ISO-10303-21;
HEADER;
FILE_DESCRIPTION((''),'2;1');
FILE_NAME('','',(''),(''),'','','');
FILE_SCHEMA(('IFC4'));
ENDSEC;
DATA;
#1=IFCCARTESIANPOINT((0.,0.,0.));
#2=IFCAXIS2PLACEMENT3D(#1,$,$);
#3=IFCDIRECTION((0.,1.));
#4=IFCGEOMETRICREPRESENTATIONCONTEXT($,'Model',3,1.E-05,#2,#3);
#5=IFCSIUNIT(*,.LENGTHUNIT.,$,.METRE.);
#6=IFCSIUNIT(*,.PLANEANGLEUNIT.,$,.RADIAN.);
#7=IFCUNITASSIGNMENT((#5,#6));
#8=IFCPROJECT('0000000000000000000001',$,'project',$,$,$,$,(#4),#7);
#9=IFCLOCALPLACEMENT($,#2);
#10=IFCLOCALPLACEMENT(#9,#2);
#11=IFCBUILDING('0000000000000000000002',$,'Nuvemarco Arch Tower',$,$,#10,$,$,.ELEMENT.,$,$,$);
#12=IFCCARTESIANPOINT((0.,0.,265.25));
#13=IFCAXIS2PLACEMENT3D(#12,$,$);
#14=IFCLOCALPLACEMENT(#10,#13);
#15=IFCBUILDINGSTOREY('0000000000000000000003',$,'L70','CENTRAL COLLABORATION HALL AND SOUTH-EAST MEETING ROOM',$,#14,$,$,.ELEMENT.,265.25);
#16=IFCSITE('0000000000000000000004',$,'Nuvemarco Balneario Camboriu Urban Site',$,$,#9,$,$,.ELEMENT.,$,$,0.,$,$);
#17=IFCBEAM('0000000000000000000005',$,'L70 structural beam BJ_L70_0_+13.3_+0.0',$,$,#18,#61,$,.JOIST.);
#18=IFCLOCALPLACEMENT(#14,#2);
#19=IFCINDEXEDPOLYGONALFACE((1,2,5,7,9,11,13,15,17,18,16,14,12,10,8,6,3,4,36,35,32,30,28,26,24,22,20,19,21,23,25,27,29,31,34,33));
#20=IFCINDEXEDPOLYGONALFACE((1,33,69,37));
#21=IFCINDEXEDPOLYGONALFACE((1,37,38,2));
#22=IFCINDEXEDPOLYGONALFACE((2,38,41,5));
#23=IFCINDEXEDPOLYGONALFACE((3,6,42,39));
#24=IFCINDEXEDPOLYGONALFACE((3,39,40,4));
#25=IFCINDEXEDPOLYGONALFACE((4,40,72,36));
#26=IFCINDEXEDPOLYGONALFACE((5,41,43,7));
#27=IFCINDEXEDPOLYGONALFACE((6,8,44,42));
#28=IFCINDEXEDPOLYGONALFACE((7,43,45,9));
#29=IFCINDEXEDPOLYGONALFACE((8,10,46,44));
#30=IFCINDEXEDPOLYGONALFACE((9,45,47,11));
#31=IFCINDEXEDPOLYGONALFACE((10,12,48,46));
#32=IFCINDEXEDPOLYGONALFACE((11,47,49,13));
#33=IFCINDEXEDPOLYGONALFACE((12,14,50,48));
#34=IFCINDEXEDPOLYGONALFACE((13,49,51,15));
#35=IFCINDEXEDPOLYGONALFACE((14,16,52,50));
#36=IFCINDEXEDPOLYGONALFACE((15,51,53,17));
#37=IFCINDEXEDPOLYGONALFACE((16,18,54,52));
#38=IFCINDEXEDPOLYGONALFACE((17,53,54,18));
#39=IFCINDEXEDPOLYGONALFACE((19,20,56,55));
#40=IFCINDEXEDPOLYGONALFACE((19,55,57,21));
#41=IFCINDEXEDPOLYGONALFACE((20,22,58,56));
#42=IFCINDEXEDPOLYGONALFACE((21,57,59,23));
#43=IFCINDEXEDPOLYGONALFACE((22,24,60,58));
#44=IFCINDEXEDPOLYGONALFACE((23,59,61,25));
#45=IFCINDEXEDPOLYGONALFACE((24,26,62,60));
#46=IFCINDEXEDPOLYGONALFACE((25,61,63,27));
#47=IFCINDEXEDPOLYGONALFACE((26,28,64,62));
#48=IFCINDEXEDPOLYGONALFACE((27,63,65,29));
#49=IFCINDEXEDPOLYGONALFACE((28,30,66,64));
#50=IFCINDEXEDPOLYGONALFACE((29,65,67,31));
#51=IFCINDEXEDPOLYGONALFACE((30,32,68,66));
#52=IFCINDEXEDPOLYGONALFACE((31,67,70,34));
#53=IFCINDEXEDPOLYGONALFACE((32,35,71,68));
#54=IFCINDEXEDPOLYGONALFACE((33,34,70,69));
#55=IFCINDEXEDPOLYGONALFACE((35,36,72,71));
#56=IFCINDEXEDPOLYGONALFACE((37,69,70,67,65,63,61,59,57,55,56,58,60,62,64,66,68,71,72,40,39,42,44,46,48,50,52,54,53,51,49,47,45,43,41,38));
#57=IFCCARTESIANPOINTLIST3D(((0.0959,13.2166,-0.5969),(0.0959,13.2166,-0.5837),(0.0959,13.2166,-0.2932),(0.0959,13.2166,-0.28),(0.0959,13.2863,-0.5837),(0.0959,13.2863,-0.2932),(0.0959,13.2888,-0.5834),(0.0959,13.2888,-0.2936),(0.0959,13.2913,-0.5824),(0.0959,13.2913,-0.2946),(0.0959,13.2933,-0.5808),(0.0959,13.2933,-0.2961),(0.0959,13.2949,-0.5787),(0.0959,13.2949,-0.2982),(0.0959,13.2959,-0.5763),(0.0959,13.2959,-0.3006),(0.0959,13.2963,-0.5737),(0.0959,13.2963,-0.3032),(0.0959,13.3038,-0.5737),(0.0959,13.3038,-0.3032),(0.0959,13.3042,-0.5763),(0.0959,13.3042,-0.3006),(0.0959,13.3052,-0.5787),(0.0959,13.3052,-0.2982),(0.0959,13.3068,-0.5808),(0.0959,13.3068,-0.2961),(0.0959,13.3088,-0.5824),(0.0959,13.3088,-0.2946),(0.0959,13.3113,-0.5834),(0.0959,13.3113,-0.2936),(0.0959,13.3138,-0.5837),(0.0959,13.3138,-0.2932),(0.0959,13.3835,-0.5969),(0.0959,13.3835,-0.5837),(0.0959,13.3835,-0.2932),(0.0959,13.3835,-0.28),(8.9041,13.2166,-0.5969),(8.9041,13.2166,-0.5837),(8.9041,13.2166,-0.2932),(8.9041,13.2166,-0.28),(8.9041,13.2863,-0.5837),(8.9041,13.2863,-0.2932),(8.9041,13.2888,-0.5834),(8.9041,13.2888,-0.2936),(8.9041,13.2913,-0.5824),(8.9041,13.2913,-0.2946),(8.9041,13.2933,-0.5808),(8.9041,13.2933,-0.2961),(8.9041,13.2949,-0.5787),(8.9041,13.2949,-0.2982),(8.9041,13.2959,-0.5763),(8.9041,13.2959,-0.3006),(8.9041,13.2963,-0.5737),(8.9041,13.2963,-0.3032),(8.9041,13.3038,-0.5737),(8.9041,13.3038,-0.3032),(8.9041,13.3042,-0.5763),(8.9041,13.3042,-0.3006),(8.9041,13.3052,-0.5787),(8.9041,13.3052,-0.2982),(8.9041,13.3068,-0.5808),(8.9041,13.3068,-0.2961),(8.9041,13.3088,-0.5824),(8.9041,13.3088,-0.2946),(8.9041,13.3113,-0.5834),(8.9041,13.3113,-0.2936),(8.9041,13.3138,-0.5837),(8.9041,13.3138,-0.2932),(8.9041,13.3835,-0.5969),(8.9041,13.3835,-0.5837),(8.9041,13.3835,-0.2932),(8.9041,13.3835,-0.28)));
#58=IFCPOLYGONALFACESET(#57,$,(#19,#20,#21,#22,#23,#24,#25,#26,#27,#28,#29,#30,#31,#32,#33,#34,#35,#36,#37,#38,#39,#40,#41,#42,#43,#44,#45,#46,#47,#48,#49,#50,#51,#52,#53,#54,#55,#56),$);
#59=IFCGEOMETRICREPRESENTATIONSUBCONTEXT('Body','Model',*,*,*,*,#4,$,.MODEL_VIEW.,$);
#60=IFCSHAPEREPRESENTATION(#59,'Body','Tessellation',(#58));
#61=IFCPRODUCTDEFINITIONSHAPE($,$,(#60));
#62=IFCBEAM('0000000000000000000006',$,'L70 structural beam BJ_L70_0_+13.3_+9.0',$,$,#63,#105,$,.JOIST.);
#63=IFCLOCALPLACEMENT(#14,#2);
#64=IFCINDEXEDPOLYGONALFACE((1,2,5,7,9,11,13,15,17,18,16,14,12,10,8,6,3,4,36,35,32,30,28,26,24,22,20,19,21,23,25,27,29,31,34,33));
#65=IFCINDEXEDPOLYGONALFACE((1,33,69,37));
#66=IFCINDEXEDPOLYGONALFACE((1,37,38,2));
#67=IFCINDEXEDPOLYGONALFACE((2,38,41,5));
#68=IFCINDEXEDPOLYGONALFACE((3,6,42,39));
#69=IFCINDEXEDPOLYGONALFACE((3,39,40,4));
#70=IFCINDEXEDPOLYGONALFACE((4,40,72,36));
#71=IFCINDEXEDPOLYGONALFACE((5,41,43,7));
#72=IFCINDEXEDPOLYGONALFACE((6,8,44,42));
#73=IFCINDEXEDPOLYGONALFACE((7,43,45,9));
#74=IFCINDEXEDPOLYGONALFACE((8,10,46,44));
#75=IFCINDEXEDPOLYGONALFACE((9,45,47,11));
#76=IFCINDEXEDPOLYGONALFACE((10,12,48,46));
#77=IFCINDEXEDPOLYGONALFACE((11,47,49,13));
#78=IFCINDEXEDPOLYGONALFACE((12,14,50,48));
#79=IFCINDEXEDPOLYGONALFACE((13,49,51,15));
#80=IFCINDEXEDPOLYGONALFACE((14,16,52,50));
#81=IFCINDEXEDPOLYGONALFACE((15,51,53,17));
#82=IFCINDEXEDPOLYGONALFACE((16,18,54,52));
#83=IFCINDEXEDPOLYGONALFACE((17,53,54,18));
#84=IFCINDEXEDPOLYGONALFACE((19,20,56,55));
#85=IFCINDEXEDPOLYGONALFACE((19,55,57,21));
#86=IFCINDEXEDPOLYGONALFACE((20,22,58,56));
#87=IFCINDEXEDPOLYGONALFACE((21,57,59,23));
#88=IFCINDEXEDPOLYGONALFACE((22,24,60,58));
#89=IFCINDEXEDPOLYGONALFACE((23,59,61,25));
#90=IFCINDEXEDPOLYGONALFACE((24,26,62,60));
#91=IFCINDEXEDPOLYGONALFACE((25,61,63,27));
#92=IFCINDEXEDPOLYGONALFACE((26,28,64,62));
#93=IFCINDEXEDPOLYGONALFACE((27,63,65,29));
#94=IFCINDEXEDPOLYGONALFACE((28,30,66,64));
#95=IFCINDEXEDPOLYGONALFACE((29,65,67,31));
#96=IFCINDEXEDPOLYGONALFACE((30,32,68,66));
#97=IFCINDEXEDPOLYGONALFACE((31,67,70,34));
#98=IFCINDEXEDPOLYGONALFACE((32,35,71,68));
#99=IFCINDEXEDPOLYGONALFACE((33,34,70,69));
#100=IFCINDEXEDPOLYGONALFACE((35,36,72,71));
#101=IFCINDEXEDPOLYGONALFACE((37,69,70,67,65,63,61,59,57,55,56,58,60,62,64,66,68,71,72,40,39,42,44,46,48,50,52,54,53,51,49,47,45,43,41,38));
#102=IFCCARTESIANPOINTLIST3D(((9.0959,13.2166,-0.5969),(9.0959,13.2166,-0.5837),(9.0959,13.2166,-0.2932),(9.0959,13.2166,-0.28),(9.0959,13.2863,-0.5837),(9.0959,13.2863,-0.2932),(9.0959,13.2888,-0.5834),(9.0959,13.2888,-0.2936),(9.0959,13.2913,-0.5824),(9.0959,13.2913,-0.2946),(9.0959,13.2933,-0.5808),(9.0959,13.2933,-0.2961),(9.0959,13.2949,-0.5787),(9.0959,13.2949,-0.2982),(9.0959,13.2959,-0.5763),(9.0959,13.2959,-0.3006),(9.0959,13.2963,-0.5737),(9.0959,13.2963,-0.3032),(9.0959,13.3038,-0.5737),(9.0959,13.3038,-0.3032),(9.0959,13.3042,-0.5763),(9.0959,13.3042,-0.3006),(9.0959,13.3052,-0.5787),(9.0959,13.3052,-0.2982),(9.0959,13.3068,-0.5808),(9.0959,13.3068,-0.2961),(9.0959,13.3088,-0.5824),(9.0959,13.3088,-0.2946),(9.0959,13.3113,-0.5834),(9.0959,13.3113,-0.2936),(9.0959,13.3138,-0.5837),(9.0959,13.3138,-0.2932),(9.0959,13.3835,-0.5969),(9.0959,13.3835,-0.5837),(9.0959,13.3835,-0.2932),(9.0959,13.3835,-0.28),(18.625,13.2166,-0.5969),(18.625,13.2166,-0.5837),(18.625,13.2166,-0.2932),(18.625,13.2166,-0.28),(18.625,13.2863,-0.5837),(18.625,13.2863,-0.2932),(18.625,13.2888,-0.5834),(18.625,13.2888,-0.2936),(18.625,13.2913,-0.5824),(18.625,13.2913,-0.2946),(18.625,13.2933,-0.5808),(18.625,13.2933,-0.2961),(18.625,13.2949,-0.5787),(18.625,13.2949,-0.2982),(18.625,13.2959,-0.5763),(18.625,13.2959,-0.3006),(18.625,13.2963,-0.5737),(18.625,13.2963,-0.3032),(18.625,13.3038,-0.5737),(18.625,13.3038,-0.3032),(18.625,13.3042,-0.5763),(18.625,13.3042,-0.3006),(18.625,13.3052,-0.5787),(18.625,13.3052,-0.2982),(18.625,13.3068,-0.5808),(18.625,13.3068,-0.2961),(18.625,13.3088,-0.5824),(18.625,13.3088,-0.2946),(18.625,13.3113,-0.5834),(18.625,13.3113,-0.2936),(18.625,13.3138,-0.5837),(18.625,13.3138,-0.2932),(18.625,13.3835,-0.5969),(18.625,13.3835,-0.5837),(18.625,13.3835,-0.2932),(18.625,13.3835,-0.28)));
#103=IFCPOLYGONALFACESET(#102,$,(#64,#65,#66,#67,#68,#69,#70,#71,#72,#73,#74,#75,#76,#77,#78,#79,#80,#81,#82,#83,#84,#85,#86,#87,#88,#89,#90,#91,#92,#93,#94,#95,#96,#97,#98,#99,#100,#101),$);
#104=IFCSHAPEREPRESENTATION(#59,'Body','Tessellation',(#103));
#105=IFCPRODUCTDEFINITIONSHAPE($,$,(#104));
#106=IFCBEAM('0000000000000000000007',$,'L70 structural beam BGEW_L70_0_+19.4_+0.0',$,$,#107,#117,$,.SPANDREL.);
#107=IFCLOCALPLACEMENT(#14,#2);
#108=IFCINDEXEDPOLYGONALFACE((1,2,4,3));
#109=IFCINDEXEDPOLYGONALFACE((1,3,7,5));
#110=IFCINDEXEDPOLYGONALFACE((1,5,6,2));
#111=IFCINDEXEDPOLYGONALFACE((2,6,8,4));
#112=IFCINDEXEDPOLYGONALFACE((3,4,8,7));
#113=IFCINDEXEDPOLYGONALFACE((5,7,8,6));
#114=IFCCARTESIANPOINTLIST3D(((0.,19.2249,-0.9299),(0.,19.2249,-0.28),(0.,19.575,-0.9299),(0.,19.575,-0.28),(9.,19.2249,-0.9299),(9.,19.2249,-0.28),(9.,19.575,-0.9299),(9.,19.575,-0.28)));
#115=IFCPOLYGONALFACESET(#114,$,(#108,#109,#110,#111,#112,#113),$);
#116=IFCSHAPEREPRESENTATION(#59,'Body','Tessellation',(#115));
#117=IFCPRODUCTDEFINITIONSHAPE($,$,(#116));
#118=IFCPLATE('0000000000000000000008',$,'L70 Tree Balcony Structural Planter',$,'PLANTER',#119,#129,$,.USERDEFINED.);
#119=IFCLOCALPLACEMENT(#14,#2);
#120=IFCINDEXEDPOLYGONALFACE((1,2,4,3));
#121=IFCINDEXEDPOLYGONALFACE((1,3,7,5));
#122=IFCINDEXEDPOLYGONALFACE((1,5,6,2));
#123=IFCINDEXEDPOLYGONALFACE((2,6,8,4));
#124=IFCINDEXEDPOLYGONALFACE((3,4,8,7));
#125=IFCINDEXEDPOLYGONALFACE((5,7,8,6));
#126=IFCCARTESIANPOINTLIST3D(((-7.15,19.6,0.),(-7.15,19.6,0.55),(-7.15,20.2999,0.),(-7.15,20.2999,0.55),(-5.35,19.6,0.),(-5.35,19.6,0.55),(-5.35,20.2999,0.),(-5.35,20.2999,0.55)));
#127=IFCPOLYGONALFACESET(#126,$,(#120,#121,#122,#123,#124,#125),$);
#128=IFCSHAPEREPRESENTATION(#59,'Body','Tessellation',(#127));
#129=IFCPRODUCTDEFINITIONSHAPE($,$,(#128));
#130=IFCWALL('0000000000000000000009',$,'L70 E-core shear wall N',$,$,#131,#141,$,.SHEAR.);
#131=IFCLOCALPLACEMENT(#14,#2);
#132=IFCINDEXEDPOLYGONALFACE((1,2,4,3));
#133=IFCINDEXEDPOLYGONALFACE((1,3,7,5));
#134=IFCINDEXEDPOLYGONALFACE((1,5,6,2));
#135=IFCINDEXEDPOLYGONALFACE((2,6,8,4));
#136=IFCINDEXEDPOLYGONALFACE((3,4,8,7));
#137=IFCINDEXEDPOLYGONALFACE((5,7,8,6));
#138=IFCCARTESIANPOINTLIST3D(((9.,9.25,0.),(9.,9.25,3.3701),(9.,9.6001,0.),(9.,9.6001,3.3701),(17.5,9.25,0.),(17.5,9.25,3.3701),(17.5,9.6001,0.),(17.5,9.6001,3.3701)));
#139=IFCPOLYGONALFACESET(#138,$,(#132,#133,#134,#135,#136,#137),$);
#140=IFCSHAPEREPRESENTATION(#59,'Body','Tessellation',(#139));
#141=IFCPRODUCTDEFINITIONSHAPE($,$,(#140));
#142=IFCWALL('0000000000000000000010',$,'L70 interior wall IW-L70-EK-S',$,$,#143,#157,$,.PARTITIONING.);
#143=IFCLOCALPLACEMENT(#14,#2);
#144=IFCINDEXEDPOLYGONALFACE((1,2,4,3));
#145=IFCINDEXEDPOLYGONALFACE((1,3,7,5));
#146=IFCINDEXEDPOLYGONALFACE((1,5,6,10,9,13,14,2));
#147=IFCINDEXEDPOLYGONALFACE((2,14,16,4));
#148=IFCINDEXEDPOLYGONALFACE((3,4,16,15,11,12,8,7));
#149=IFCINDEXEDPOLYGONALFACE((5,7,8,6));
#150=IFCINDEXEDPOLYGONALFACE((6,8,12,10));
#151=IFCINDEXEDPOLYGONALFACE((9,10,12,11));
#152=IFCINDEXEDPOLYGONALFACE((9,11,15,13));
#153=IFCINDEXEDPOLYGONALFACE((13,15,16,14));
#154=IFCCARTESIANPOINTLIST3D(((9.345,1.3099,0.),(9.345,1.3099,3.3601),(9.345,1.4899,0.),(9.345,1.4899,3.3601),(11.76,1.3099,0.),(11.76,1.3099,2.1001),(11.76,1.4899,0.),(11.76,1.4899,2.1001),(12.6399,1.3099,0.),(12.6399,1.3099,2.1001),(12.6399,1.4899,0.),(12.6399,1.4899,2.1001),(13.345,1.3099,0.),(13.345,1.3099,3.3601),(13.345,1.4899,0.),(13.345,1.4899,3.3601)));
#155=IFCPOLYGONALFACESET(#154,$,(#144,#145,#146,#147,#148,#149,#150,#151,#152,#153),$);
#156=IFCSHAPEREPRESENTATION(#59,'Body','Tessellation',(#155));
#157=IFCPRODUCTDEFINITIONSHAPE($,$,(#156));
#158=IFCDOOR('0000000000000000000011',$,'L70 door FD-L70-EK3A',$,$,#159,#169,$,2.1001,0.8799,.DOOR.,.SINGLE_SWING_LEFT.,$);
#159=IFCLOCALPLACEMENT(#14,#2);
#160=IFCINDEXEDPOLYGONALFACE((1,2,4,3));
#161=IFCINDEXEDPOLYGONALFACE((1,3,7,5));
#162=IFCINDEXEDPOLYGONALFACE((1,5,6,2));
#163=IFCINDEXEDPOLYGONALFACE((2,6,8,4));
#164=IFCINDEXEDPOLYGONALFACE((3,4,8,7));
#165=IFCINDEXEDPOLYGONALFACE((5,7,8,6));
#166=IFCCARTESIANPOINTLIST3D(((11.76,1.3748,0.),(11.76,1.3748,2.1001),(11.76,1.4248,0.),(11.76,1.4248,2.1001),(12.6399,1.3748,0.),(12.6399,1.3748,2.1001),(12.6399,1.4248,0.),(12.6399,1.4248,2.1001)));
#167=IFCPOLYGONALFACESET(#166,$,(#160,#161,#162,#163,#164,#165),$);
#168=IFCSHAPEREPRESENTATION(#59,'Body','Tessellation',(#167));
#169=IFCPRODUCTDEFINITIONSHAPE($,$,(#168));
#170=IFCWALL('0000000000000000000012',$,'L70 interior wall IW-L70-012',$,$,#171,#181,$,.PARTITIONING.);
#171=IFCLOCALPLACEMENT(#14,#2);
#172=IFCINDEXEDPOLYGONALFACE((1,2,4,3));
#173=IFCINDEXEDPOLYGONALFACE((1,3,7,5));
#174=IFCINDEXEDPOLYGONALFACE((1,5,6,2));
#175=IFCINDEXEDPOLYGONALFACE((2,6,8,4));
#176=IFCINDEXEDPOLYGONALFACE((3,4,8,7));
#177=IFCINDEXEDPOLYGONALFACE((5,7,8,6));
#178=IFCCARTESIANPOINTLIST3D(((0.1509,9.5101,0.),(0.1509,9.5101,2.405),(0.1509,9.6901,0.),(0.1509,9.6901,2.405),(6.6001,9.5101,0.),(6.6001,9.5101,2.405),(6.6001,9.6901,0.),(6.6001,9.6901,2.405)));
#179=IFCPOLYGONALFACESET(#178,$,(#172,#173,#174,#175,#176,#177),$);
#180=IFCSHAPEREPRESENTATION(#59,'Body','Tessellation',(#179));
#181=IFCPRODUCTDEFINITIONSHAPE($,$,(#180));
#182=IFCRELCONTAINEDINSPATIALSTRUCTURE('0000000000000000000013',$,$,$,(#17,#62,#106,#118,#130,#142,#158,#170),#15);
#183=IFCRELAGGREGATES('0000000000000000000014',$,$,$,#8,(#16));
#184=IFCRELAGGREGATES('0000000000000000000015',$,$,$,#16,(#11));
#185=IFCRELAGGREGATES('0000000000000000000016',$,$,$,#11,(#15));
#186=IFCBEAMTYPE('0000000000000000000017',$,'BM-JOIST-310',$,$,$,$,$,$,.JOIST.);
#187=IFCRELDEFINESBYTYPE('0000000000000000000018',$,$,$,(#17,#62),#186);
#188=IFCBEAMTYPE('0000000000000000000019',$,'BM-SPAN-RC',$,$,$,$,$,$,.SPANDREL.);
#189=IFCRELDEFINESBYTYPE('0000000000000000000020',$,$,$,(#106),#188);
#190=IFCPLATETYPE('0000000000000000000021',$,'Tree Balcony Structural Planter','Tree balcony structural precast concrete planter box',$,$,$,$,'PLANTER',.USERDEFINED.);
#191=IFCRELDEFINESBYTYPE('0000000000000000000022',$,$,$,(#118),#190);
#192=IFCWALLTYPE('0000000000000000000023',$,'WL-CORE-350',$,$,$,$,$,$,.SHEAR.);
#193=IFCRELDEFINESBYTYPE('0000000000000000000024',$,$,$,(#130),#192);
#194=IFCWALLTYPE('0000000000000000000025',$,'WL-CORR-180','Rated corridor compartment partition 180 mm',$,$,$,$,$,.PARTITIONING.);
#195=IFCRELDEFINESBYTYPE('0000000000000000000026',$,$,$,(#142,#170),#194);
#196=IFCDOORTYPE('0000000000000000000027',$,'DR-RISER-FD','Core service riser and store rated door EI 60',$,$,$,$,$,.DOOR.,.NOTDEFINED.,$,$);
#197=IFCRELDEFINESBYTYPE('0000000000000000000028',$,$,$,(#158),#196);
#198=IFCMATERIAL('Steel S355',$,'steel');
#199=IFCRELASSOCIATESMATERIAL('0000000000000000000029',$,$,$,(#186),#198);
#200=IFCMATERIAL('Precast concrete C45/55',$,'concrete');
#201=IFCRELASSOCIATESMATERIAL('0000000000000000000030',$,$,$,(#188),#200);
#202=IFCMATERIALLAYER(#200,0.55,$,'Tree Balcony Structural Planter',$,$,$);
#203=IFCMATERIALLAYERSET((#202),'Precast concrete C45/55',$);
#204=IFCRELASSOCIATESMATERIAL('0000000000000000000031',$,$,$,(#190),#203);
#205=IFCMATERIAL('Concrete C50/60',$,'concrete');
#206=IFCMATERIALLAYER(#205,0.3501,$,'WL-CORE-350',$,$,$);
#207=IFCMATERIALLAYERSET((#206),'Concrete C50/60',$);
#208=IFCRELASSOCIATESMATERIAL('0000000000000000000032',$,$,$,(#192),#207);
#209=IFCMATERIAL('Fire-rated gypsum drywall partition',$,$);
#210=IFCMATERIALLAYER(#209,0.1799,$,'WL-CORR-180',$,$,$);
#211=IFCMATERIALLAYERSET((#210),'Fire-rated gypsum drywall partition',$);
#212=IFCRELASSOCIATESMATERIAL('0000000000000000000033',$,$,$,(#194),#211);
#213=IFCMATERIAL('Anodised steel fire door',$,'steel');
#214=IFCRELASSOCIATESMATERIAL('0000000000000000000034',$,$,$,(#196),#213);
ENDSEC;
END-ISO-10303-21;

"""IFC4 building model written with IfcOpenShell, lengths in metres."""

from ifc_helpers import new_model, si_unit, direction, frame, frame_2d, origin, origin_2d, place, context, subcontext, project, spatial, rectangle, i_section, extrude, source, transform, mapped, material, layer, layer_set, material_profile, profile_set, type_object, type_shapes, element, fill, save


model = new_model("IFC4")

# Units and contexts
model_context = context("Model", 3, precision=1e-05, world=origin(), true_north=direction((0.0, 1.0)))
body_context = subcontext(model_context, "Body", "Model", "MODEL_VIEW")
ifc_project = project(units=[si_unit("LENGTHUNIT", "METRE"), si_unit("PLANEANGLEUNIT", "RADIAN")], contexts=[model_context])

# Site, building, storey
site_placement = place(None, origin())
site = spatial("IfcSite", under=ifc_project, at=site_placement, Name="Nuvemarco Balneario Camboriu Urban Site", CompositionType="ELEMENT", RefElevation=0.0)
building_placement = place(site_placement, origin())
building = spatial("IfcBuilding", under=site, at=building_placement, Name="Nuvemarco Arch Tower", CompositionType="ELEMENT")
storey_placement = place(building_placement, frame((0.0, 0.0, 265.25)))
storey = spatial("IfcBuildingStorey", under=building, at=storey_placement, Name="L70", Description="CENTRAL COLLABORATION HALL AND SOUTH-EAST MEETING ROOM", CompositionType="ELEMENT", Elevation=265.25)

# Shared definitions
ifc_material_1 = material(Name="Concrete C50/60", Category="concrete")
ifc_material_2 = material(Name="Steel S355", Category="steel")

# Beams
ifc_material_profile_1 = material_profile(ifc_material_2, i_section(OverallWidth=0.167, OverallDepth=0.3169, WebThickness=0.0076, FlangeThickness=0.0132, FilletRadius=0.01, at=origin_2d()), Name="W310x52")
ifc_profile_set_1 = profile_set([ifc_material_profile_1], Name="Steel S355")
beam_type_1 = type_object("IfcBeamType", Name="BM-JOIST-310", PredefinedType="JOIST", material=ifc_profile_set_1)
beam_1_placement = place(storey_placement, frame((0.0959, 13.3, -0.4385), z_axis=(1.0, 0.0, 0.0), x_axis=(0.0, 1.0, 0.0)))
element("IfcBeam", 1, at=beam_1_placement, inside=storey, type_object=beam_type_1, Name="L70 structural beam BJ_L70_0_+13.3_+0.0", PredefinedType="JOIST", context=body_context, shape_type="SweptSolid", body=[
    extrude(i_section(OverallWidth=0.167, OverallDepth=0.3169, WebThickness=0.0076, FlangeThickness=0.0132, FilletRadius=0.01, at=origin_2d()), origin(), (0.0, 0.0, 1.0), 8.8081),
])
beam_2_placement = place(storey_placement, frame((9.0959, 13.3, -0.4385), z_axis=(1.0, 0.0, 0.0), x_axis=(0.0, 1.0, 0.0)))
element("IfcBeam", 2, at=beam_2_placement, inside=storey, type_object=beam_type_1, Name="L70 structural beam BJ_L70_0_+13.3_+9.0", PredefinedType="JOIST", context=body_context, shape_type="SweptSolid", body=[
    extrude(i_section(OverallWidth=0.167, OverallDepth=0.3169, WebThickness=0.0076, FlangeThickness=0.0132, FilletRadius=0.01, at=origin_2d()), origin(), (0.0, 0.0, 1.0), 9.5291),
])
ifc_material_3 = material(Name="Precast concrete C45/55", Category="concrete")
ifc_material_profile_2 = material_profile(ifc_material_3, rectangle(XDim=0.3501, YDim=0.6499, at=origin_2d()), Name="PC-SP-350x650")
ifc_profile_set_2 = profile_set([ifc_material_profile_2], Name="Precast concrete C45/55")
beam_type_2 = type_object("IfcBeamType", Name="BM-SPAN-RC", PredefinedType="SPANDREL", material=ifc_profile_set_2)
beam_3_placement = place(storey_placement, frame((0.0, 19.3999, -0.605), z_axis=(1.0, 0.0, 0.0), x_axis=(0.0, 1.0, 0.0)))
element("IfcBeam", 3, at=beam_3_placement, inside=storey, type_object=beam_type_2, Name="L70 structural beam BGEW_L70_0_+19.4_+0.0", PredefinedType="SPANDREL", context=body_context, shape_type="SweptSolid", body=[
    extrude(rectangle(XDim=0.3501, YDim=0.6499, at=origin_2d()), origin(), (0.0, 0.0, 1.0), 9.0),
])

# Plate
ifc_layer_1 = layer(ifc_material_3, 0.55, Name="Tree Balcony Structural Planter")
ifc_layer_set_1 = layer_set([ifc_layer_1], Name="Precast concrete C45/55")
plate_type = type_object("IfcPlateType", Name="Tree Balcony Structural Planter", Description="Tree balcony structural precast concrete planter box", ElementType="PLANTER", PredefinedType="USERDEFINED", material=ifc_layer_set_1)
shared_shape_1 = source(origin(), body_context, "Body", "SweptSolid", [
    extrude(rectangle(XDim=1.8, YDim=0.7, at=origin_2d()), origin(), (0.0, 0.0, 1.0), 0.55),
])
type_shapes(plate_type, [shared_shape_1])
plate_placement = place(storey_placement, frame((-6.25, 19.95, 0.0), z_axis=(0.0, 0.0, 1.0), x_axis=(1.0, 0.0, 0.0)))
element("IfcPlate", 4, at=plate_placement, inside=storey, type_object=plate_type, Name="L70 Tree Balcony Structural Planter", ObjectType="PLANTER", PredefinedType="USERDEFINED", context=body_context, shape_type="MappedRepresentation", body=[
    mapped(shared_shape_1, transform((0.0, 0.0, 0.0), scale=1.0)),
])

# Wall
ifc_layer_2 = layer(ifc_material_1, 0.3501, Name="WL-CORE-350")
ifc_layer_set_2 = layer_set([ifc_layer_2], Name="Concrete C50/60")
wall_type_1 = type_object("IfcWallType", Name="WL-CORE-350", PredefinedType="SHEAR", material=ifc_layer_set_2)
wall_1_placement = place(storey_placement, frame((9.0, 9.425, 0.0), z_axis=(0.0, 0.0, 1.0), x_axis=(1.0, 0.0, 0.0)))
element("IfcWall", 5, at=wall_1_placement, inside=storey, type_object=wall_type_1, Name="L70 E-core shear wall N", PredefinedType="SHEAR", context=body_context, shape_type="SweptSolid", body=[
    extrude(rectangle(XDim=8.5, YDim=0.3501, at=frame_2d((4.25, 0.0))), origin(), (0.0, 0.0, 1.0), 3.3701),
])

# Wall, opening, door
ifc_material_4 = material(Name="Fire-rated gypsum drywall partition")
ifc_layer_3 = layer(ifc_material_4, 0.1799, Name="WL-CORR-180")
ifc_layer_set_3 = layer_set([ifc_layer_3], Name="Fire-rated gypsum drywall partition")
wall_type_2 = type_object("IfcWallType", Name="WL-CORR-180", Description="Rated corridor compartment partition 180 mm", PredefinedType="PARTITIONING", material=ifc_layer_set_3)
wall_2_placement = place(storey_placement, frame((9.345, 1.3999, 0.0), z_axis=(0.0, 0.0, 1.0), x_axis=(1.0, 0.0, 0.0)))
wall_2 = element("IfcWall", 6, at=wall_2_placement, inside=storey, type_object=wall_type_2, Name="L70 interior wall IW-L70-EK-S", PredefinedType="PARTITIONING", context=body_context, shape_type="SweptSolid", body=[
    extrude(rectangle(XDim=4.0, YDim=0.1799, at=frame_2d((2.0, 0.0))), origin(), (0.0, 0.0, 1.0), 3.3601),
])
opening_placement = place(wall_2_placement, frame((2.415, 0.0, 0.0)))
opening = element("IfcOpeningElement", 7, at=opening_placement, cuts=wall_2, PredefinedType="OPENING", context=body_context, shape_type="SweptSolid", body=[
    extrude(rectangle(XDim=0.8799, YDim=2.1001, at=frame_2d((0.4399, 1.05))), frame((0.0, 0.0999, 0.0), z_axis=(0.0, -1.0, 0.0), x_axis=(1.0, 0.0, 0.0)), (0.0, 0.0, 1.0), 0.2),
])
ifc_material_5 = material(Name="Anodised steel fire door", Category="steel")
door_type = type_object("IfcDoorType", Name="DR-RISER-FD", Description="Core service riser and store rated door EI 60", OperationType="NOTDEFINED", PredefinedType="DOOR", material=ifc_material_5)
shared_shape_2 = source(origin(), body_context, "Body", "SweptSolid", [
    extrude(rectangle(XDim=0.8799, YDim=2.1001, at=frame_2d((0.4399, 1.05))), frame((0.0, 0.0249, 0.0), z_axis=(0.0, -1.0, 0.0), x_axis=(1.0, 0.0, 0.0)), (0.0, 0.0, 1.0), 0.05),
])
type_shapes(door_type, [shared_shape_2])
door_placement = place(opening_placement, origin())
door = element("IfcDoor", 8, at=door_placement, inside=storey, type_object=door_type, Name="L70 door FD-L70-EK3A", OperationType="SINGLE_SWING_LEFT", OverallHeight=2.1001, OverallWidth=0.8799, PredefinedType="DOOR", context=body_context, shape_type="MappedRepresentation", body=[
    mapped(shared_shape_2, transform((0.0, 0.0, 0.0), scale=1.0)),
])
fill(opening, door)

# Wall
wall_3_placement = place(storey_placement, frame((0.1509, 9.6001, 0.0), z_axis=(0.0, 0.0, 1.0), x_axis=(1.0, 0.0, 0.0)))
element("IfcWall", 9, at=wall_3_placement, inside=storey, type_object=wall_type_2, Name="L70 interior wall IW-L70-012", PredefinedType="PARTITIONING", context=body_context, shape_type="SweptSolid", body=[
    extrude(rectangle(XDim=6.4492, YDim=0.1799, at=frame_2d((3.2246, 0.0))), origin(), (0.0, 0.0, 1.0), 2.405),
])

save(model, "model.ifc")
